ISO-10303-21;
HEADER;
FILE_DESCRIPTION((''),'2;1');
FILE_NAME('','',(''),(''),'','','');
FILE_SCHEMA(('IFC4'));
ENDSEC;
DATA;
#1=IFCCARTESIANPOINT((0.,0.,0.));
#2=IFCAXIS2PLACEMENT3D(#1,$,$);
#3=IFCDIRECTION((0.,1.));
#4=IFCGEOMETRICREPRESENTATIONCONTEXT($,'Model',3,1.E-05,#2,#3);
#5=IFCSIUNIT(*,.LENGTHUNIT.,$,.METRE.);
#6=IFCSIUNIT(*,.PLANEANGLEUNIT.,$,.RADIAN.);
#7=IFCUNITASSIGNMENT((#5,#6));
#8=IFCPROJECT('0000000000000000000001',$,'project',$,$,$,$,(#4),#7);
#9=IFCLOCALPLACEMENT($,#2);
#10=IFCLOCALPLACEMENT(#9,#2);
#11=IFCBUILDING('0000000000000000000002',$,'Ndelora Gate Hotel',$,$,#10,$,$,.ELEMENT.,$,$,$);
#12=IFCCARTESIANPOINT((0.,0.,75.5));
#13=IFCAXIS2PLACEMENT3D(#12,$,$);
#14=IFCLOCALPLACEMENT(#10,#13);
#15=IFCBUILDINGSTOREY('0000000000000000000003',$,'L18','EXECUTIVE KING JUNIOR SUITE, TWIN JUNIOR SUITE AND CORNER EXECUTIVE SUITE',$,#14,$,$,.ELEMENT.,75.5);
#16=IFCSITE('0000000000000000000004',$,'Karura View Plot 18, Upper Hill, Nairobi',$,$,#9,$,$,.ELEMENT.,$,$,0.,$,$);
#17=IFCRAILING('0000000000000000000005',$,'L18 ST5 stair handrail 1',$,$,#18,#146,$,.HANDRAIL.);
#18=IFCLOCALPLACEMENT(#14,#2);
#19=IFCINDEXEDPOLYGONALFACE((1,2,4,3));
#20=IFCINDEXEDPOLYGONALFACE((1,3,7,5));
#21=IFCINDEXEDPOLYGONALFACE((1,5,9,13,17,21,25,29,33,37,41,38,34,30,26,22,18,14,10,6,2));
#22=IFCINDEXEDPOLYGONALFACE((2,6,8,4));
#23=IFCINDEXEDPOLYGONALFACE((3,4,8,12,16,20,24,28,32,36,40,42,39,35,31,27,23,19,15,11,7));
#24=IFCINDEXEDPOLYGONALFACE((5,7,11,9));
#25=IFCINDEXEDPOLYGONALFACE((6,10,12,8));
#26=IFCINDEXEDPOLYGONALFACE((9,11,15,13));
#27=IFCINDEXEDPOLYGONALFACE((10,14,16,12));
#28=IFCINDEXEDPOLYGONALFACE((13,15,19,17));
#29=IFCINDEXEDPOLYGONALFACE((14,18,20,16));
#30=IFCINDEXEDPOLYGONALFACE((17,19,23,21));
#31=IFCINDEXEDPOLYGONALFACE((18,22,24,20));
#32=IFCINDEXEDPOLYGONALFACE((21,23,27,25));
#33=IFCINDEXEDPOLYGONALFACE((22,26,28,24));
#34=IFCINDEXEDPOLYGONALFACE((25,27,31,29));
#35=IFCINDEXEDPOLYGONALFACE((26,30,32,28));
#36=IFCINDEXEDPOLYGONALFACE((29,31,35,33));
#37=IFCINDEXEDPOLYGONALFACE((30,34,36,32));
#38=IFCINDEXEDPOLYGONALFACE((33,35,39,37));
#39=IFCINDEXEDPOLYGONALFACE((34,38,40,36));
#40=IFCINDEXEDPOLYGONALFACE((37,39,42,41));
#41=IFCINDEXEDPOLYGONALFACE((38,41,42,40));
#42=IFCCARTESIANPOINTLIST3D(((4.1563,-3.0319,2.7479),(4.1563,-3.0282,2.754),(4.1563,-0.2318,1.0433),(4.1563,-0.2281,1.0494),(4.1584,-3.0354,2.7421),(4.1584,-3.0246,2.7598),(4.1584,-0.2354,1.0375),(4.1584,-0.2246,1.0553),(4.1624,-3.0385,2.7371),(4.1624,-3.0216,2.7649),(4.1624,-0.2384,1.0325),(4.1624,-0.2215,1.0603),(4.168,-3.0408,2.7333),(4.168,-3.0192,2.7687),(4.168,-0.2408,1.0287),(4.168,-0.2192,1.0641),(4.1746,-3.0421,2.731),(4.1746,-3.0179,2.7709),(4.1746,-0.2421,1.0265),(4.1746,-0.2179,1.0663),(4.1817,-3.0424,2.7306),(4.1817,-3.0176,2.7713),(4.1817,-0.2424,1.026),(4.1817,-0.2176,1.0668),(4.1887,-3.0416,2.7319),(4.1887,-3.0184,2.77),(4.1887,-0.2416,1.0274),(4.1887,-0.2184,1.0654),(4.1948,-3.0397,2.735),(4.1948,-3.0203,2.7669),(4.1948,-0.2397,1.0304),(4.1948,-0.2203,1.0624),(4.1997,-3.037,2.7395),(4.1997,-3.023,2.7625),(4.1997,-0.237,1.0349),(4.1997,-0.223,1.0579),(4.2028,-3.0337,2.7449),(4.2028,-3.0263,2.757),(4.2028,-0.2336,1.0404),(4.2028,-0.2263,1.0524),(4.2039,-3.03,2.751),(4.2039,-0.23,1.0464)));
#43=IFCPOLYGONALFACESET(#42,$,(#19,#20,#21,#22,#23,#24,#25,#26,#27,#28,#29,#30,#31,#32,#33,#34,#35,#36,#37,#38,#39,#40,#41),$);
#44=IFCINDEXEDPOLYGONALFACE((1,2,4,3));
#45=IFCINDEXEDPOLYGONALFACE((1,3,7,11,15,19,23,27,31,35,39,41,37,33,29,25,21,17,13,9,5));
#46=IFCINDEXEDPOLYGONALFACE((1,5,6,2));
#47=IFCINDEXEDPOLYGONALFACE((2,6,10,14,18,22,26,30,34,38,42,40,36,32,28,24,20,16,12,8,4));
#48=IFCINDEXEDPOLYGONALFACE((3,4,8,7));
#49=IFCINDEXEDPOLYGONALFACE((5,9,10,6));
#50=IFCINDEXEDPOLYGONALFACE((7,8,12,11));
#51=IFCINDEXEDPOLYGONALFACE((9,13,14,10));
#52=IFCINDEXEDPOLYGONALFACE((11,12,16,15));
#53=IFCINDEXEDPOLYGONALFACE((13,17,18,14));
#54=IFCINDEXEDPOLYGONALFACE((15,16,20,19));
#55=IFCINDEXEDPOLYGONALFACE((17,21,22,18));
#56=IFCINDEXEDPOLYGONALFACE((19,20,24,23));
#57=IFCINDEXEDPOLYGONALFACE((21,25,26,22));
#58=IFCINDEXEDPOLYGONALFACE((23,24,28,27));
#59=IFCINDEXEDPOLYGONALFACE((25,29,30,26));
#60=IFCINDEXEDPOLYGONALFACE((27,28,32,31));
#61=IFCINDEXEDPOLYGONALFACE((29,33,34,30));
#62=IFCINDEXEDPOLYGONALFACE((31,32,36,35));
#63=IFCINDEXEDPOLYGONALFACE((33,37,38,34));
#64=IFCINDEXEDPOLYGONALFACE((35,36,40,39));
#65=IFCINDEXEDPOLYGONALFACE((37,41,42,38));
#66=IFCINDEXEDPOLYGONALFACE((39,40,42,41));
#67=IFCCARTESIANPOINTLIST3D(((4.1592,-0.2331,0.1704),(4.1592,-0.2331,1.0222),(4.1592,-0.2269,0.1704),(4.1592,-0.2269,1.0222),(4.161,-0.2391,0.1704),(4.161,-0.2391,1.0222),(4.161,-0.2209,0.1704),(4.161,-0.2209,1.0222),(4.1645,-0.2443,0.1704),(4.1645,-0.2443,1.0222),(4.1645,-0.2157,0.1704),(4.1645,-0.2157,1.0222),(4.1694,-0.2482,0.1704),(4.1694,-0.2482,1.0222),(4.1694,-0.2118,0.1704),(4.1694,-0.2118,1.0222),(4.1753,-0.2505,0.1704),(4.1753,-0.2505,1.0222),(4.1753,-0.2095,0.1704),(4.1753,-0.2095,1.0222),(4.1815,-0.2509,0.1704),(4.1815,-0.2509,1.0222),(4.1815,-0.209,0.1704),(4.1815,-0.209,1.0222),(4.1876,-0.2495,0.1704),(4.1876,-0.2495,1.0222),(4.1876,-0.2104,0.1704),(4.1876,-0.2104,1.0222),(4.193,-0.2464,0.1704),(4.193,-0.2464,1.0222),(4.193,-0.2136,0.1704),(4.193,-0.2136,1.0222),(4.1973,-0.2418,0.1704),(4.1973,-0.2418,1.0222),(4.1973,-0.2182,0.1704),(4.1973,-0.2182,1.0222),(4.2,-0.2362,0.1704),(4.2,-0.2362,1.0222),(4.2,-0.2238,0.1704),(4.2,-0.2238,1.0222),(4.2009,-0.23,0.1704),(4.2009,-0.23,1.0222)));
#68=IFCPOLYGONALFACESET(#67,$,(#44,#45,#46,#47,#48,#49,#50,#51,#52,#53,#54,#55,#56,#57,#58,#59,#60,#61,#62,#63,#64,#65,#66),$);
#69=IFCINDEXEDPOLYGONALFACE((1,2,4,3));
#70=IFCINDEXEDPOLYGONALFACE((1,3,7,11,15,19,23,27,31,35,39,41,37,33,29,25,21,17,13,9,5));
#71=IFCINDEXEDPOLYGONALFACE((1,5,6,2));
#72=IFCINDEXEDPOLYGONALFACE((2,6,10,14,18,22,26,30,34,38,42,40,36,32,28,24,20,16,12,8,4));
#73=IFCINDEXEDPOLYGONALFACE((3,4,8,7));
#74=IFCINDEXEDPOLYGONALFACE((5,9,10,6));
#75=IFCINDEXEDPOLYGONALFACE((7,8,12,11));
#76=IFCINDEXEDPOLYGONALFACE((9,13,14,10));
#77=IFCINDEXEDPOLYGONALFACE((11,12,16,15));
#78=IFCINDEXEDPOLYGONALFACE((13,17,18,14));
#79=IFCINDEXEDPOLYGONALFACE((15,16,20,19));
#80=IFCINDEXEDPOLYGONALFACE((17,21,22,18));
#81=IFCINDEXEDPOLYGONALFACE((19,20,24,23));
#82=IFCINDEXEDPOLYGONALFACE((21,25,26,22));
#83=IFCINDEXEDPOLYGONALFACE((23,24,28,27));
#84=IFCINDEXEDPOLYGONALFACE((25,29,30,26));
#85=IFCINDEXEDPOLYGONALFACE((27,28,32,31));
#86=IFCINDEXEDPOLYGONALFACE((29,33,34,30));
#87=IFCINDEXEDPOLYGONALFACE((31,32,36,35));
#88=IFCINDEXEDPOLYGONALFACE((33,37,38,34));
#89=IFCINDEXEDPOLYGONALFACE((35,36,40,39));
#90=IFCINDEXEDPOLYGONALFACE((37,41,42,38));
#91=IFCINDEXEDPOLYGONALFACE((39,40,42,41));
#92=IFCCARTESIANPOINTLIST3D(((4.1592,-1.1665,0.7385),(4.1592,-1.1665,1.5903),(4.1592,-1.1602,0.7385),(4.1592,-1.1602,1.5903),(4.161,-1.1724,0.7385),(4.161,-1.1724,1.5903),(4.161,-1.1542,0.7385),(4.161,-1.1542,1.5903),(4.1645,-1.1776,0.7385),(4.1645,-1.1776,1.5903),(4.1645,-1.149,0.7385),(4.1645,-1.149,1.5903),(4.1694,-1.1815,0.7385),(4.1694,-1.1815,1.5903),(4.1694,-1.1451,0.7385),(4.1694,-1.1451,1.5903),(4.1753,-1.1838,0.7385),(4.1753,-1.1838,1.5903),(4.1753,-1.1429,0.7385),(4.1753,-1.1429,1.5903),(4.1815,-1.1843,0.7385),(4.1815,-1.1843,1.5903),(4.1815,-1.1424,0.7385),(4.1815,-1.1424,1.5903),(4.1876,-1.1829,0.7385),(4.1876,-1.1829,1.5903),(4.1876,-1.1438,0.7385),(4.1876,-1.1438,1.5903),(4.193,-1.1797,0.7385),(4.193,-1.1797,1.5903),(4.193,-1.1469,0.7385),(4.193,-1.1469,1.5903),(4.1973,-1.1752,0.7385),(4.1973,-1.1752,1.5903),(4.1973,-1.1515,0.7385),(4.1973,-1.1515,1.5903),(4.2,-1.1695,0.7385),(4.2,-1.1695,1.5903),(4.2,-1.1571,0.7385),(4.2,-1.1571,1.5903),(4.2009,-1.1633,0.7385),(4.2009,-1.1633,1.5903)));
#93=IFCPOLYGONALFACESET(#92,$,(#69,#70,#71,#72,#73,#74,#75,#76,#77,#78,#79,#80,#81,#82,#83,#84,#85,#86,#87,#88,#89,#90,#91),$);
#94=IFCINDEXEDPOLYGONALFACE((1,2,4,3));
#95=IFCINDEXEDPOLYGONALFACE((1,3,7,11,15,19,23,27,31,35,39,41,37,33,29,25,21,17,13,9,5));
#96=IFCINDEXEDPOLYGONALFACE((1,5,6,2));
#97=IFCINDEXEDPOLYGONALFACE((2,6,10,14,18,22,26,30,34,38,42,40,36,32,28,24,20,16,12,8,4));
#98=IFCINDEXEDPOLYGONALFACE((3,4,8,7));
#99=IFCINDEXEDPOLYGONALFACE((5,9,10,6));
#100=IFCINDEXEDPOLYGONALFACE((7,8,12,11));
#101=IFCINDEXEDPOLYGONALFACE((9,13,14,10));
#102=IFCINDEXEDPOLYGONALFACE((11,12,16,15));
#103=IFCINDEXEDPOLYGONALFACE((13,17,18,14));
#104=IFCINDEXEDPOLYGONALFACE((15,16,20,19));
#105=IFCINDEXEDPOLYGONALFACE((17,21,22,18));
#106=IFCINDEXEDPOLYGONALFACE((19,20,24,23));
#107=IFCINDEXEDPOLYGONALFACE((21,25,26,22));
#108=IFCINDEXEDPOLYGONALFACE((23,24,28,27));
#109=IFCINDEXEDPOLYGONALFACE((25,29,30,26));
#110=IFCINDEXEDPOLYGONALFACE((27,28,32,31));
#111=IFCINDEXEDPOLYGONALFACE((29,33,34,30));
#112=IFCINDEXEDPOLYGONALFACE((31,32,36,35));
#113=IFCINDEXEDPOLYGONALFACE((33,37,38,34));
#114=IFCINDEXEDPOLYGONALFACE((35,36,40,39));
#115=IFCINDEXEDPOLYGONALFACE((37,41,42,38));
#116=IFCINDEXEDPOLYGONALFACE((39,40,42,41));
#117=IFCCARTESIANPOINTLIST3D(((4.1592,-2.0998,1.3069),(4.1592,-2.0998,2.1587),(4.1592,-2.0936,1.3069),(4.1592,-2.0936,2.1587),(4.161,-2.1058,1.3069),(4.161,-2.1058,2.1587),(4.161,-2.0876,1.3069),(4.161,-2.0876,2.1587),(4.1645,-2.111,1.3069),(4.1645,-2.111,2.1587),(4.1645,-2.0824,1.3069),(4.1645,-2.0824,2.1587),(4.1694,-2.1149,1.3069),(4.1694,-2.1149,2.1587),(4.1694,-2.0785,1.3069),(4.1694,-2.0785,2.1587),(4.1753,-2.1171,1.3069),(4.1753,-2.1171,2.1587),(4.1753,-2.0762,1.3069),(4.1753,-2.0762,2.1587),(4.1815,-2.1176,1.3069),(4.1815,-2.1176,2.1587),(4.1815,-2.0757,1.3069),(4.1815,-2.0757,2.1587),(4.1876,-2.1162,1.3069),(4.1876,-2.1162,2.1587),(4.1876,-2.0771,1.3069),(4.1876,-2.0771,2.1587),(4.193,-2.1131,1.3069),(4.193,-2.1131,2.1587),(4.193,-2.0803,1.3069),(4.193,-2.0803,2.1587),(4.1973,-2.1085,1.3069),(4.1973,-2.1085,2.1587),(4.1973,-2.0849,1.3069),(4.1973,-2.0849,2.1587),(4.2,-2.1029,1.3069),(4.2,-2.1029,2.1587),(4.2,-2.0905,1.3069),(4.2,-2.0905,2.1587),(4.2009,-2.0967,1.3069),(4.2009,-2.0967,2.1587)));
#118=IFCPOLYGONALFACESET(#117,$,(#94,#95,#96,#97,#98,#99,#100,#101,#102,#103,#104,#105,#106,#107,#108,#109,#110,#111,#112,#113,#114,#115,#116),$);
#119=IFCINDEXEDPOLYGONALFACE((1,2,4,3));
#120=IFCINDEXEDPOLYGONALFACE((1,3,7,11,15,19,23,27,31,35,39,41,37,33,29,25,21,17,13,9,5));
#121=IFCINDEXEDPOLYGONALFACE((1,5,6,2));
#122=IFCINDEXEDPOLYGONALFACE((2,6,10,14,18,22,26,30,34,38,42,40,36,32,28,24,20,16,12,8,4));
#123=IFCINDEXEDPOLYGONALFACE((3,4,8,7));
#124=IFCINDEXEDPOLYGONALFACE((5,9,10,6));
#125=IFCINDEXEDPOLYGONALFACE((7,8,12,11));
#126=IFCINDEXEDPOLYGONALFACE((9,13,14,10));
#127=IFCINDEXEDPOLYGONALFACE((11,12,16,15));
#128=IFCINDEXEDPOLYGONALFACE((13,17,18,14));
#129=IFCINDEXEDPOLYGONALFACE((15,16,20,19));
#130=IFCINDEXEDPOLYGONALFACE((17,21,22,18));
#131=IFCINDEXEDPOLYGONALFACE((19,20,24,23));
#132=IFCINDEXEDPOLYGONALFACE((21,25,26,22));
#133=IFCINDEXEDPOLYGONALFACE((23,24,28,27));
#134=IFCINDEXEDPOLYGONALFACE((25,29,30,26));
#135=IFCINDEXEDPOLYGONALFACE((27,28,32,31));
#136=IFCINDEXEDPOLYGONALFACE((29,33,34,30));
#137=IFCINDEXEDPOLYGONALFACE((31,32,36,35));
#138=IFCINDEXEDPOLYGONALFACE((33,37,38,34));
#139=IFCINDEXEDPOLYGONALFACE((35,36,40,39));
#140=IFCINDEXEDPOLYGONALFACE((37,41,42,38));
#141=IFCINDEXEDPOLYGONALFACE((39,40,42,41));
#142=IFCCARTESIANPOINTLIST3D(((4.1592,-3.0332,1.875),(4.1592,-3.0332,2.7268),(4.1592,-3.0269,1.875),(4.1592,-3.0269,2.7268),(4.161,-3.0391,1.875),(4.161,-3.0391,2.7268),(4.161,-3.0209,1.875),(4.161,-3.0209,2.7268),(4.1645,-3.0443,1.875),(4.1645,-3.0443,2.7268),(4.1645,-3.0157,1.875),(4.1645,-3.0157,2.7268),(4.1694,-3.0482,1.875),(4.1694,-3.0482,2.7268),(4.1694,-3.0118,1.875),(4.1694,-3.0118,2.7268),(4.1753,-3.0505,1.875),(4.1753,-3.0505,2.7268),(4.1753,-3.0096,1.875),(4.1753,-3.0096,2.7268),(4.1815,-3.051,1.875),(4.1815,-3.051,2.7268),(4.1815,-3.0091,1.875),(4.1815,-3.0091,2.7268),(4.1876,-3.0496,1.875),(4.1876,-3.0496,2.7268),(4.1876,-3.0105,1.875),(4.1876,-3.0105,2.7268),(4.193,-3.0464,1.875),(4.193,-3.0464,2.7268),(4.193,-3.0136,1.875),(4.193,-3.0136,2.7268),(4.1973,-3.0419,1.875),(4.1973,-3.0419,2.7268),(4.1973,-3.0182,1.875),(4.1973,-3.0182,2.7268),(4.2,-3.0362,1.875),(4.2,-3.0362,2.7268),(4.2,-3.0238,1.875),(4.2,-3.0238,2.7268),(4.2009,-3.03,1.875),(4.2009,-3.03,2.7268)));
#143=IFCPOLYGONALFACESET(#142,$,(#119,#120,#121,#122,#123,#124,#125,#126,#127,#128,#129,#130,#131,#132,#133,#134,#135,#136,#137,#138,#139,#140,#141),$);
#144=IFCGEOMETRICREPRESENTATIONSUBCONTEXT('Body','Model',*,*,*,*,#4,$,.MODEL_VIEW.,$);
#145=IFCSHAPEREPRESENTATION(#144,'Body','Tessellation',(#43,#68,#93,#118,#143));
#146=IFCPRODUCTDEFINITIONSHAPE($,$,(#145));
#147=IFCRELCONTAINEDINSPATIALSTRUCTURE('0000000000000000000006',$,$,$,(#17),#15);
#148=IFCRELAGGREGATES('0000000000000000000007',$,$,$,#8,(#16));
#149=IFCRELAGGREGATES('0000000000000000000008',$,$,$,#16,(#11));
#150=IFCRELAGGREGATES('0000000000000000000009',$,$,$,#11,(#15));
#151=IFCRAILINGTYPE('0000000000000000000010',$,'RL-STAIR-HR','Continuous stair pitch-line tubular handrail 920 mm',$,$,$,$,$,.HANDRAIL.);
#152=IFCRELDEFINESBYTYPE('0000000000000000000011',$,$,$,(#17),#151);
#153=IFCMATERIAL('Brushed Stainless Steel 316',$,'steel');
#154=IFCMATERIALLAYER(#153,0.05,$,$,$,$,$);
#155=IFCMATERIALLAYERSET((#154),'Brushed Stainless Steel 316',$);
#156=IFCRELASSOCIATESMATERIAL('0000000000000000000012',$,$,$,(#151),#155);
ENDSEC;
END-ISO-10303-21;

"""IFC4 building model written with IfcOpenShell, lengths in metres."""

from ifc_helpers import new_model, si_unit, direction, frame, origin, origin_2d, place, context, subcontext, project, spatial, circle, extrude, material, layer, layer_set, type_object, element, save


model = new_model("IFC4")

# Units and contexts
model_context = context("Model", 3, precision=1e-05, world=origin(), true_north=direction((0.0, 1.0)))
body_context = subcontext(model_context, "Body", "Model", "MODEL_VIEW")
ifc_project = project(units=[si_unit("LENGTHUNIT", "METRE"), si_unit("PLANEANGLEUNIT", "RADIAN")], contexts=[model_context])

# Site, building, storey
site_placement = place(None, origin())
site = spatial("IfcSite", under=ifc_project, at=site_placement, Name="Karura View Plot 18, Upper Hill, Nairobi", CompositionType="ELEMENT", RefElevation=0.0)
building_placement = place(site_placement, origin())
building = spatial("IfcBuilding", under=site, at=building_placement, Name="Ndelora Gate Hotel", CompositionType="ELEMENT")
storey_placement = place(building_placement, frame((0.0, 0.0, 75.5)))
storey = spatial("IfcBuildingStorey", under=building, at=storey_placement, Name="L18", Description="EXECUTIVE KING JUNIOR SUITE, TWIN JUNIOR SUITE AND CORNER EXECUTIVE SUITE", CompositionType="ELEMENT", Elevation=75.5)

# Railing
ifc_material_1 = material(Name="Brushed Stainless Steel 316", Category="steel")
ifc_layer_1 = layer(ifc_material_1, 0.05)
ifc_layer_set_1 = layer_set([ifc_layer_1], Name="Brushed Stainless Steel 316")
railing_type_1 = type_object("IfcRailingType", Name="RL-STAIR-HR", Description="Continuous stair pitch-line tubular handrail 920 mm", PredefinedType="HANDRAIL", material=ifc_layer_set_1)
railing_1_placement = place(storey_placement, frame((4.1799, -0.23, 0.1704)))
element("IfcRailing", 1, at=railing_1_placement, inside=storey, type_object=railing_type_1, Name="L18 ST5 stair handrail 1", PredefinedType="HANDRAIL", context=body_context, shape_type="SweptSolid", body=[
    extrude(circle(Radius=0.0239, at=origin_2d()), frame((0.0, 0.0, 0.876), z_axis=(0.0, -0.85417, 0.519994), x_axis=(1.0, 0.0, 0.0)), (0.0, 0.0, 1.0), 3.2781),
    extrude(circle(Radius=0.021, at=origin_2d()), origin(), (0.0, 0.0, 1.0), 0.8518),
    extrude(circle(Radius=0.021, at=origin_2d()), frame((0.0, -0.9333, 0.5681)), (0.0, 0.0, 1.0), 0.8518),
    extrude(circle(Radius=0.021, at=origin_2d()), frame((0.0, -1.8667, 1.1365)), (0.0, 0.0, 1.0), 0.8518),
    extrude(circle(Radius=0.021, at=origin_2d()), frame((0.0, -2.8, 1.7046)), (0.0, 0.0, 1.0), 0.8518),
])

save(model, "model.ifc")
